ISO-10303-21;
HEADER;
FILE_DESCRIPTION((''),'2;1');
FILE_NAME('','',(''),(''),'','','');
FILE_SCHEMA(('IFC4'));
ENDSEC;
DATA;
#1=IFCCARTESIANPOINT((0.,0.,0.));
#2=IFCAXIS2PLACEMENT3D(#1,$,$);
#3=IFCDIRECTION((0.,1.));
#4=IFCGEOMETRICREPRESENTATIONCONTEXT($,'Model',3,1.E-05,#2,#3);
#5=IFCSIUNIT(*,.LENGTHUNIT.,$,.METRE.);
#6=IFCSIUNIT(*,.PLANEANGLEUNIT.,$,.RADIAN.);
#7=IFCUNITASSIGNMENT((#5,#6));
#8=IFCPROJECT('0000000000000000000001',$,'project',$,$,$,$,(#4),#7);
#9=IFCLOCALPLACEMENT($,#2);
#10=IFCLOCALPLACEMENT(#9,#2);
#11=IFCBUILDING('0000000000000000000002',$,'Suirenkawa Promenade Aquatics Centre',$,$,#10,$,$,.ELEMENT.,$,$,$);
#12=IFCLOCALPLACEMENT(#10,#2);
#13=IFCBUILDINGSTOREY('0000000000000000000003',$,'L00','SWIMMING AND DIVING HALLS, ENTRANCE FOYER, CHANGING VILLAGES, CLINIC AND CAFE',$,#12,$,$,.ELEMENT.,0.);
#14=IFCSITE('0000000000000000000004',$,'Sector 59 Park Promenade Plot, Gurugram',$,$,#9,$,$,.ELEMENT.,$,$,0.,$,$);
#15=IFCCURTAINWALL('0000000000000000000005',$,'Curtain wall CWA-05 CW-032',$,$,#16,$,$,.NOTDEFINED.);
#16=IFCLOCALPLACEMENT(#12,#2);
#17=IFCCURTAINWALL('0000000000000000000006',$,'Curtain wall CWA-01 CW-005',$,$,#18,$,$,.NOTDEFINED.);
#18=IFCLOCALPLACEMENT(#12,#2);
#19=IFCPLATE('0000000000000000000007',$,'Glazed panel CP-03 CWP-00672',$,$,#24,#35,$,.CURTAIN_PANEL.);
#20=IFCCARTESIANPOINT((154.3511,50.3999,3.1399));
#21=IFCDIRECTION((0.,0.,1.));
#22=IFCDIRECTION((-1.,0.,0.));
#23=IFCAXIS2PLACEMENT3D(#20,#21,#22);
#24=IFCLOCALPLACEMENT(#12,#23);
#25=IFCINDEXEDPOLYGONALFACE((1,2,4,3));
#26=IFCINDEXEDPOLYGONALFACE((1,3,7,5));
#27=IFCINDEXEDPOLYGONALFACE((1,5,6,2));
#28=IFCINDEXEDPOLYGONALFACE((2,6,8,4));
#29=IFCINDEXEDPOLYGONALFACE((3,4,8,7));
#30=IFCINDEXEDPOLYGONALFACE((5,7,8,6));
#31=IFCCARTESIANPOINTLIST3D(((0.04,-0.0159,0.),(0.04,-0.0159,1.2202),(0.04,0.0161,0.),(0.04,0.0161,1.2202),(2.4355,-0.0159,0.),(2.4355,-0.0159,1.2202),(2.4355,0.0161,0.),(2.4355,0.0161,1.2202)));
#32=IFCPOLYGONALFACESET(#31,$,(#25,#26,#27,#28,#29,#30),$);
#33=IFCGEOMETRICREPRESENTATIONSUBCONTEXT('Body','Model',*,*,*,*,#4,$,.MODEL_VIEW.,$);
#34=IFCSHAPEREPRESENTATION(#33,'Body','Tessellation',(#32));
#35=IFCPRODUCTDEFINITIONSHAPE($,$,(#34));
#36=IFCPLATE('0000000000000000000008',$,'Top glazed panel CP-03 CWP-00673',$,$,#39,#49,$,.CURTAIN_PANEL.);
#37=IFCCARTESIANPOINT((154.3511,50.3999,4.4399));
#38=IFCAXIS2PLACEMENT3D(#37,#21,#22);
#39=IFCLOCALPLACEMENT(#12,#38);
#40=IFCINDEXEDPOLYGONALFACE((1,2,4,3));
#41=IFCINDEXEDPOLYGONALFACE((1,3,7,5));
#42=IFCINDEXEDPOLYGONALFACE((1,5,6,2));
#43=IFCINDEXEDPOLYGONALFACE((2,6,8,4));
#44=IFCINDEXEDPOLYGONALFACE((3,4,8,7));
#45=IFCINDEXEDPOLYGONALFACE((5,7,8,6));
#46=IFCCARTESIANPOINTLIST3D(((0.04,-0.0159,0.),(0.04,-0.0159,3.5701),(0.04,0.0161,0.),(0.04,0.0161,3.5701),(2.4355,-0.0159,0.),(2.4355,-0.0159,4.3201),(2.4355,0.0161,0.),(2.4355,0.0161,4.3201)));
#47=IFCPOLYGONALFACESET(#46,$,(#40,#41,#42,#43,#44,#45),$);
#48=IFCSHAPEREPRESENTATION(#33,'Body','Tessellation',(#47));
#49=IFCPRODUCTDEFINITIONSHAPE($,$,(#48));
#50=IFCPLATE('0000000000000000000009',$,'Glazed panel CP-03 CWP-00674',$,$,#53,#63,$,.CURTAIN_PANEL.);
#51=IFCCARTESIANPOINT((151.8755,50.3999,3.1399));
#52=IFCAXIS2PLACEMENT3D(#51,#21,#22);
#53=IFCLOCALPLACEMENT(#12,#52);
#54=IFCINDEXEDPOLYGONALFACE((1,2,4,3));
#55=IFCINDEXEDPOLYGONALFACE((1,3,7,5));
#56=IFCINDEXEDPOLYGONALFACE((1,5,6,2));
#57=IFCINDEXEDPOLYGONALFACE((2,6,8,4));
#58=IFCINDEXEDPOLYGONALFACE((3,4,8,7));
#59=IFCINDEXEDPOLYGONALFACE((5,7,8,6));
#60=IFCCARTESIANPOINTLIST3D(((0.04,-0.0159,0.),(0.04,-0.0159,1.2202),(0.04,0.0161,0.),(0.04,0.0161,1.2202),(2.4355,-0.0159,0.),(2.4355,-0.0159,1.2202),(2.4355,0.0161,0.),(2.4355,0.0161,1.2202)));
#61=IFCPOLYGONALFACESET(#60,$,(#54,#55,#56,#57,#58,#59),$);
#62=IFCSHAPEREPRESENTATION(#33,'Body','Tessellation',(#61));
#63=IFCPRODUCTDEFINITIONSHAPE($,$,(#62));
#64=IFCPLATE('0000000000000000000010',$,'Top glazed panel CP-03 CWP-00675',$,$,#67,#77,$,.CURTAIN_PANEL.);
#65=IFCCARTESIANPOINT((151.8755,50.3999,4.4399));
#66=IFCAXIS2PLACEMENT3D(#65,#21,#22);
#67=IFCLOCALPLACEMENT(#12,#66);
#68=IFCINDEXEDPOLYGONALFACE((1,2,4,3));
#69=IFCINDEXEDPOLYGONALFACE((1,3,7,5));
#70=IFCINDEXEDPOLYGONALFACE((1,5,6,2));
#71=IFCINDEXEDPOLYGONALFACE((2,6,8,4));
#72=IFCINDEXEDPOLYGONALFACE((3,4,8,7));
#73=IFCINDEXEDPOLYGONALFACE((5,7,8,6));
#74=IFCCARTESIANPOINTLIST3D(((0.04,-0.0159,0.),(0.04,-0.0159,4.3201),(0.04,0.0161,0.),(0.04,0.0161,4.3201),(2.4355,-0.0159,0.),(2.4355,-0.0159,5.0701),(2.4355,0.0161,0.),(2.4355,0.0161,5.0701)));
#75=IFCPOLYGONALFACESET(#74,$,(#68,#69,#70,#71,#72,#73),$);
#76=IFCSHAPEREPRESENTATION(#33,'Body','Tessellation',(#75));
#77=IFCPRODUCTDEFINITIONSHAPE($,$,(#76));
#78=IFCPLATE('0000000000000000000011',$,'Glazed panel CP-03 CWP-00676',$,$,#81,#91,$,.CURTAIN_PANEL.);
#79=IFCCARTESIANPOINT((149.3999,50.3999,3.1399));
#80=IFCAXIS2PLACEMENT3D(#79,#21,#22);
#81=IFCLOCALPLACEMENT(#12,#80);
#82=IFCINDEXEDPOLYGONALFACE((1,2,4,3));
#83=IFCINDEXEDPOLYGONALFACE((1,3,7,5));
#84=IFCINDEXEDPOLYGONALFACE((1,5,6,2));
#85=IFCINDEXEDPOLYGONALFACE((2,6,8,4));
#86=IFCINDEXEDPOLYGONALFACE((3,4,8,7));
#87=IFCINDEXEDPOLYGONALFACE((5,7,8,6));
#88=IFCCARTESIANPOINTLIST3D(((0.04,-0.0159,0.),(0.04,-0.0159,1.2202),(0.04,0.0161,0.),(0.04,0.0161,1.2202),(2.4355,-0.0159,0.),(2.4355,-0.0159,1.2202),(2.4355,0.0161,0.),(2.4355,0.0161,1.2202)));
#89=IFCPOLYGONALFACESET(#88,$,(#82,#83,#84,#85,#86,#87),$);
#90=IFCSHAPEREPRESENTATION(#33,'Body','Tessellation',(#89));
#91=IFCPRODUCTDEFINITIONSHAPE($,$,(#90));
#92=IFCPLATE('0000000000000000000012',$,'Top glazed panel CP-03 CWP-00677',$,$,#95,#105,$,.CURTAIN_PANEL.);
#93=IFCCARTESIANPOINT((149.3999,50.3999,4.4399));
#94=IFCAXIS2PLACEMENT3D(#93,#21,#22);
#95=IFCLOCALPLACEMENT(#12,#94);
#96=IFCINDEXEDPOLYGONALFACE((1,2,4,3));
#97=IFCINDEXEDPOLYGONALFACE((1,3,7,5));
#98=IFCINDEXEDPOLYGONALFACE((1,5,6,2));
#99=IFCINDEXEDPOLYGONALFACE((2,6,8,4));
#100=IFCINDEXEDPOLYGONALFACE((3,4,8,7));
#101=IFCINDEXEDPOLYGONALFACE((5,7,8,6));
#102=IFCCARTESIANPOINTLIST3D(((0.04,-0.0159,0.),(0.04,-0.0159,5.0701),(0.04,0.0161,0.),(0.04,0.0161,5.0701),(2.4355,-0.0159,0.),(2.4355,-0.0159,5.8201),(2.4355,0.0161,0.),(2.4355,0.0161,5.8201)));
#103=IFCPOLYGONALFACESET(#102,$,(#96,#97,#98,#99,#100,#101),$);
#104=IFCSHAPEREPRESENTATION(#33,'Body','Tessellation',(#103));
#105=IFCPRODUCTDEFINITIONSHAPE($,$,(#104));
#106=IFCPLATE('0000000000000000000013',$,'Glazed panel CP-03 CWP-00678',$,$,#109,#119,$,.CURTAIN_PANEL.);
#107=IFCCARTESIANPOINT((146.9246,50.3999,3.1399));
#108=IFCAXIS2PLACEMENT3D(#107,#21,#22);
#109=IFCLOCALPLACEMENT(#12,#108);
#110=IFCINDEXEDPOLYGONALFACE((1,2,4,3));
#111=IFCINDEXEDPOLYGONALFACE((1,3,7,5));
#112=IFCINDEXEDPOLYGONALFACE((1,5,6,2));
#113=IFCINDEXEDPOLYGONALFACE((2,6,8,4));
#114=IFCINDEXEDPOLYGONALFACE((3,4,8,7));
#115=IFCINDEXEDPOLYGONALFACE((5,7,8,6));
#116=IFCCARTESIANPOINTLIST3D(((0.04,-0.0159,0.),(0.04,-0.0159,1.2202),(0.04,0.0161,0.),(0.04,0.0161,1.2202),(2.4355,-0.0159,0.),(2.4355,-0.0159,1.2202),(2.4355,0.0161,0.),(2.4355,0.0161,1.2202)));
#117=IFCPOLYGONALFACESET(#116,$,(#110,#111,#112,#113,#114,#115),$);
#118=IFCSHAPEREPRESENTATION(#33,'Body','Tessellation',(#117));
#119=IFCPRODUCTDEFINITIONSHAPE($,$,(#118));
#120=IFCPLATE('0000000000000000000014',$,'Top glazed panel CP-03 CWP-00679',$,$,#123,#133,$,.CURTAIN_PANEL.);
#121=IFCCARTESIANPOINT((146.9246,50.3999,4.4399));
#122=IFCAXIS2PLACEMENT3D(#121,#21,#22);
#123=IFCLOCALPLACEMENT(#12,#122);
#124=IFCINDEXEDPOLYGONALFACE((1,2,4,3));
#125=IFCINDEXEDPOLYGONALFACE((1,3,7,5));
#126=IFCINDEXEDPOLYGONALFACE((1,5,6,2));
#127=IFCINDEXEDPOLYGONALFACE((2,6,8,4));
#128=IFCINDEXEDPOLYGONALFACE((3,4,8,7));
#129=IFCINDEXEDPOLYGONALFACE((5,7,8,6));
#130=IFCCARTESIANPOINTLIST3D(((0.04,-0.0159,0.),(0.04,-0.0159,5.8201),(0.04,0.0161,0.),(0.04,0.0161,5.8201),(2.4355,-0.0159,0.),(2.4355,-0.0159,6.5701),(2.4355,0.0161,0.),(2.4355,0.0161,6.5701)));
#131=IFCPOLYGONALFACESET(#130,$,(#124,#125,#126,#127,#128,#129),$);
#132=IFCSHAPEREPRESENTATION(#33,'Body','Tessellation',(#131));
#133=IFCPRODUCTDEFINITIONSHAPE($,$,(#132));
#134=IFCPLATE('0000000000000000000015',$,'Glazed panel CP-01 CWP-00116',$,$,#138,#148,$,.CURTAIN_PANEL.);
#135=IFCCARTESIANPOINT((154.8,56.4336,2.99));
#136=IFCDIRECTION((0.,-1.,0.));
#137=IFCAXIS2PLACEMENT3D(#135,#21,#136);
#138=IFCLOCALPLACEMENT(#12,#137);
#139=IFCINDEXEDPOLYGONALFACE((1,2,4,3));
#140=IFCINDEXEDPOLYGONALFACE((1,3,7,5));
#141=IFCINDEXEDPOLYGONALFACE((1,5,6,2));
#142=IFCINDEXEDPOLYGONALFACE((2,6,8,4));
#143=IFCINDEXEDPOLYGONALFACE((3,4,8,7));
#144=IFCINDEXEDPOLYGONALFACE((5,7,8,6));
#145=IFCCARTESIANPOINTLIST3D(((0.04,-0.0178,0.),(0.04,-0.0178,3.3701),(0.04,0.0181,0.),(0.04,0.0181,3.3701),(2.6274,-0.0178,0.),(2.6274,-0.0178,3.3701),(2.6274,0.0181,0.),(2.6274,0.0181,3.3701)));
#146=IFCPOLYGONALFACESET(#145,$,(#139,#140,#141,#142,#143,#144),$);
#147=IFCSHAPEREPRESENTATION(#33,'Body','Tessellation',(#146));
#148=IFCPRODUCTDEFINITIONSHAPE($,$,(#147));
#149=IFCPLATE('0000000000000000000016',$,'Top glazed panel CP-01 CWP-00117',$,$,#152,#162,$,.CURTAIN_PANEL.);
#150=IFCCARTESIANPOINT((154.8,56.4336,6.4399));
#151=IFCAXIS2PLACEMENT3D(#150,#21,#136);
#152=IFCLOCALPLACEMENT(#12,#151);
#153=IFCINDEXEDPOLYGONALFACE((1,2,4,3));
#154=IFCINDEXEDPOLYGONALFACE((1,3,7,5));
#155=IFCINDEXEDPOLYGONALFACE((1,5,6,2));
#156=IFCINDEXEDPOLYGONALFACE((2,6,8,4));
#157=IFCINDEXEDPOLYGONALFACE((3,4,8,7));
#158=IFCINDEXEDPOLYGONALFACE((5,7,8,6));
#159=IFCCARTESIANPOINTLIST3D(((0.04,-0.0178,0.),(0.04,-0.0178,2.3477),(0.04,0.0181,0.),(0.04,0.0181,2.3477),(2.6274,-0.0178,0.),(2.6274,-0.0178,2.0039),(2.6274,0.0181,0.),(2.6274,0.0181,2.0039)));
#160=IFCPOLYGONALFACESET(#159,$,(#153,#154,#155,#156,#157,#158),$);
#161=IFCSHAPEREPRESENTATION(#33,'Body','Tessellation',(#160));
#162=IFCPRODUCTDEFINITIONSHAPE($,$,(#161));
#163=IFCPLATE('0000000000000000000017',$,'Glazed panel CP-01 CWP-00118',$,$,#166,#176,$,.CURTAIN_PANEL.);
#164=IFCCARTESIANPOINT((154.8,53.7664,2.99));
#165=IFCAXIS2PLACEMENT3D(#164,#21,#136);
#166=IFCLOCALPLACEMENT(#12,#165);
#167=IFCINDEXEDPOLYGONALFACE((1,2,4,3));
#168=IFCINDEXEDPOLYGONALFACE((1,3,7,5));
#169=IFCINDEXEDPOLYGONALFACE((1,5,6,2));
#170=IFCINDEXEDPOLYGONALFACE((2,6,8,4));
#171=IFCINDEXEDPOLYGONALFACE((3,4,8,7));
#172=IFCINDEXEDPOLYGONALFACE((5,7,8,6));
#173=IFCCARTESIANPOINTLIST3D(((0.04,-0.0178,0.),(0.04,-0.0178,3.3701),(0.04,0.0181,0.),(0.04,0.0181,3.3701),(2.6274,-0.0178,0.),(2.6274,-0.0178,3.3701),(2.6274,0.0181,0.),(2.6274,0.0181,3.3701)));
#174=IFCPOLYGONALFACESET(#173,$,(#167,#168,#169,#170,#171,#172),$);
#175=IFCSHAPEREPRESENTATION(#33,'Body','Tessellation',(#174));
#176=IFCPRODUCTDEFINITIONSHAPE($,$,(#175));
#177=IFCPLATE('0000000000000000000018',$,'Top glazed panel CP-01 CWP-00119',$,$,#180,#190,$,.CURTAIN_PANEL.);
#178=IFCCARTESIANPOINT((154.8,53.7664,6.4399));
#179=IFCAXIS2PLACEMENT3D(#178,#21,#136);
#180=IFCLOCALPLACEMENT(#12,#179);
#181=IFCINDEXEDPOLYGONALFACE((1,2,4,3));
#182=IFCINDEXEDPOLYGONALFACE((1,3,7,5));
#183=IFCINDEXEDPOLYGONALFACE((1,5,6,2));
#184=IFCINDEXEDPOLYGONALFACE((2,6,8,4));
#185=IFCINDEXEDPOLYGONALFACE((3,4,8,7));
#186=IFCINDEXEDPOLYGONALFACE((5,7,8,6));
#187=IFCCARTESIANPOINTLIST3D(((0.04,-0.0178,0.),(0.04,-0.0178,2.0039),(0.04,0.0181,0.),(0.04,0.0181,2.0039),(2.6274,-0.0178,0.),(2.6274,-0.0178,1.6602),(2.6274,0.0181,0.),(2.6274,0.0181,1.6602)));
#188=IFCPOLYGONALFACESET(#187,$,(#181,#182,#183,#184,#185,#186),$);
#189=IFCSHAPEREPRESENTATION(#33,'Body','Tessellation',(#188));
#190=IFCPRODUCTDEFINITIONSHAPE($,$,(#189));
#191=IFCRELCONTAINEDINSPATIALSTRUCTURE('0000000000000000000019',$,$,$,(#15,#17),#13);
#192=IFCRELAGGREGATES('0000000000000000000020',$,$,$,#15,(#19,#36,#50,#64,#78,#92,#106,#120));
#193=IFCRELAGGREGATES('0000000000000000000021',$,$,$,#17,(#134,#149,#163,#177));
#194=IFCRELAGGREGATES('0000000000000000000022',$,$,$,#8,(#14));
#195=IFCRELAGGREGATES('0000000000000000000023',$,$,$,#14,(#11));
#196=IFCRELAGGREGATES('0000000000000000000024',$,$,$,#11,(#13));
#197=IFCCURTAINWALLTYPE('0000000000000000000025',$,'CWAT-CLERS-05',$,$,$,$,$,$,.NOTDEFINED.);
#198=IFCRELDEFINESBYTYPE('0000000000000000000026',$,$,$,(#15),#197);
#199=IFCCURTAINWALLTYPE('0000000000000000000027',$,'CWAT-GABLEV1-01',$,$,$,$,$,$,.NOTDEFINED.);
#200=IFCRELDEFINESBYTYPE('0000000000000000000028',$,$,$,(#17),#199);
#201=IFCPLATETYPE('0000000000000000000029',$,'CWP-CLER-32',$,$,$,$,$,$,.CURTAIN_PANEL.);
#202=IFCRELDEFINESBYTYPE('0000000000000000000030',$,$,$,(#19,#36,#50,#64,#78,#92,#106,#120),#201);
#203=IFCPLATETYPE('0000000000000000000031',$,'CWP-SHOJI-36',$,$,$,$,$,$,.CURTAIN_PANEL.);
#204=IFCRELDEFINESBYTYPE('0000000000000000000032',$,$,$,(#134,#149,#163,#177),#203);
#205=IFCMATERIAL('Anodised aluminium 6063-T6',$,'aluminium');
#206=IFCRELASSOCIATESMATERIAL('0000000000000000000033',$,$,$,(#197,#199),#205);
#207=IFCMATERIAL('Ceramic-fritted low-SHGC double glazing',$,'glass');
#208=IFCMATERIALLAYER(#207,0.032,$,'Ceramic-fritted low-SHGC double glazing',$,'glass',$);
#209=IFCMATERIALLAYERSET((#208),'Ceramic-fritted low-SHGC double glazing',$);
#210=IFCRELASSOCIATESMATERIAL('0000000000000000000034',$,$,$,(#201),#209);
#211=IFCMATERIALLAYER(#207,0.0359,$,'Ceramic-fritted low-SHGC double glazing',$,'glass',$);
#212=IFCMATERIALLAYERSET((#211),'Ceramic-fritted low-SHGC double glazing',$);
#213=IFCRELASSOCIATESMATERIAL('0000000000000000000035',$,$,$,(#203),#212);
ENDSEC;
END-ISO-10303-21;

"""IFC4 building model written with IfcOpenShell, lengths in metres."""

from ifc_helpers import new_model, si_unit, direction, frame, origin, place, context, subcontext, project, spatial, polyline, outline, extrude, material, layer, layer_set, type_object, element, aggregate, save


model = new_model("IFC4")

# Units and contexts
model_context = context("Model", 3, precision=1e-05, world=origin(), true_north=direction((0.0, 1.0)))
body_context = subcontext(model_context, "Body", "Model", "MODEL_VIEW")
ifc_project = project(units=[si_unit("LENGTHUNIT", "METRE"), si_unit("PLANEANGLEUNIT", "RADIAN")], contexts=[model_context])

# Site, building, storey
site_placement = place(None, origin())
site = spatial("IfcSite", under=ifc_project, at=site_placement, Name="Sector 59 Park Promenade Plot, Gurugram", CompositionType="ELEMENT", RefElevation=0.0)
building_placement = place(site_placement, origin())
building = spatial("IfcBuilding", under=site, at=building_placement, Name="Suirenkawa Promenade Aquatics Centre", CompositionType="ELEMENT")
storey_placement = place(building_placement, origin())
storey = spatial("IfcBuildingStorey", under=building, at=storey_placement, Name="L00", Description="SWIMMING AND DIVING HALLS, ENTRANCE FOYER, CHANGING VILLAGES, CLINIC AND CAFE", CompositionType="ELEMENT", Elevation=0.0)

# Curtain walls
ifc_material_1 = material(Name="Anodised aluminium 6063-T6", Category="aluminium")
curtain_wall_type_1 = type_object("IfcCurtainWallType", Name="CWAT-CLERS-05", PredefinedType="NOTDEFINED", material=ifc_material_1)
curtain_wall_1_placement = place(storey_placement, origin())
curtain_wall_1 = element("IfcCurtainWall", 1, at=curtain_wall_1_placement, inside=storey, type_object=curtain_wall_type_1, Name="Curtain wall CWA-05 CW-032", PredefinedType="NOTDEFINED")
curtain_wall_type_2 = type_object("IfcCurtainWallType", Name="CWAT-GABLEV1-01", PredefinedType="NOTDEFINED", material=ifc_material_1)
curtain_wall_2_placement = place(storey_placement, origin())
curtain_wall_2 = element("IfcCurtainWall", 2, at=curtain_wall_2_placement, inside=storey, type_object=curtain_wall_type_2, Name="Curtain wall CWA-01 CW-005", PredefinedType="NOTDEFINED")

# Plates
ifc_material_2 = material(Name="Ceramic-fritted low-SHGC double glazing", Category="glass")
ifc_layer_1 = layer(ifc_material_2, 0.032, Name="Ceramic-fritted low-SHGC double glazing", Category="glass")
ifc_layer_set_1 = layer_set([ifc_layer_1], Name="Ceramic-fritted low-SHGC double glazing")
plate_type_1 = type_object("IfcPlateType", Name="CWP-CLER-32", PredefinedType="CURTAIN_PANEL", material=ifc_layer_set_1)
plate_1_placement = place(storey_placement, frame((154.3511, 50.3999, 3.1399), z_axis=(0.0, 0.0, 1.0), x_axis=(-1.0, 0.0, 0.0)))
plate_1 = element("IfcPlate", 3, at=plate_1_placement, type_object=plate_type_1, Name="Glazed panel CP-03 CWP-00672", PredefinedType="CURTAIN_PANEL", context=body_context, shape_type="SweptSolid", body=[
    extrude(outline(polyline([(0.04, 0.0), (2.4355, 0.0), (2.4355, 1.2202), (0.04, 1.2202), (0.04, 0.0)])), frame((0.0, 0.0161, 0.0), z_axis=(0.0, -1.0, 0.0), x_axis=(1.0, 0.0, 0.0)), (0.0, 0.0, 1.0), 0.032),
])
plate_2_placement = place(storey_placement, frame((154.3511, 50.3999, 4.4399), z_axis=(0.0, 0.0, 1.0), x_axis=(-1.0, 0.0, 0.0)))
plate_2 = element("IfcPlate", 4, at=plate_2_placement, type_object=plate_type_1, Name="Top glazed panel CP-03 CWP-00673", PredefinedType="CURTAIN_PANEL", context=body_context, shape_type="SweptSolid", body=[
    extrude(outline(polyline([(0.04, 0.0), (2.4355, 0.0), (2.4355, 4.3201), (0.04, 3.5701), (0.04, 0.0)])), frame((0.0, 0.0161, 0.0), z_axis=(0.0, -1.0, 0.0), x_axis=(1.0, 0.0, 0.0)), (0.0, 0.0, 1.0), 0.032),
])
plate_3_placement = place(storey_placement, frame((151.8755, 50.3999, 3.1399), z_axis=(0.0, 0.0, 1.0), x_axis=(-1.0, 0.0, 0.0)))
plate_3 = element("IfcPlate", 5, at=plate_3_placement, type_object=plate_type_1, Name="Glazed panel CP-03 CWP-00674", PredefinedType="CURTAIN_PANEL", context=body_context, shape_type="SweptSolid", body=[
    extrude(outline(polyline([(0.04, 0.0), (2.4355, 0.0), (2.4355, 1.2202), (0.04, 1.2202), (0.04, 0.0)])), frame((0.0, 0.0161, 0.0), z_axis=(0.0, -1.0, 0.0), x_axis=(1.0, 0.0, 0.0)), (0.0, 0.0, 1.0), 0.032),
])
plate_4_placement = place(storey_placement, frame((151.8755, 50.3999, 4.4399), z_axis=(0.0, 0.0, 1.0), x_axis=(-1.0, 0.0, 0.0)))
plate_4 = element("IfcPlate", 6, at=plate_4_placement, type_object=plate_type_1, Name="Top glazed panel CP-03 CWP-00675", PredefinedType="CURTAIN_PANEL", context=body_context, shape_type="SweptSolid", body=[
    extrude(outline(polyline([(0.04, 0.0), (2.4355, 0.0), (2.4355, 5.0701), (0.04, 4.3201), (0.04, 0.0)])), frame((0.0, 0.0161, 0.0), z_axis=(0.0, -1.0, 0.0), x_axis=(1.0, 0.0, 0.0)), (0.0, 0.0, 1.0), 0.032),
])
plate_5_placement = place(storey_placement, frame((149.3999, 50.3999, 3.1399), z_axis=(0.0, 0.0, 1.0), x_axis=(-1.0, 0.0, 0.0)))
plate_5 = element("IfcPlate", 7, at=plate_5_placement, type_object=plate_type_1, Name="Glazed panel CP-03 CWP-00676", PredefinedType="CURTAIN_PANEL", context=body_context, shape_type="SweptSolid", body=[
    extrude(outline(polyline([(0.04, 0.0), (2.4355, 0.0), (2.4355, 1.2202), (0.04, 1.2202), (0.04, 0.0)])), frame((0.0, 0.0161, 0.0), z_axis=(0.0, -1.0, 0.0), x_axis=(1.0, 0.0, 0.0)), (0.0, 0.0, 1.0), 0.032),
])
plate_6_placement = place(storey_placement, frame((149.3999, 50.3999, 4.4399), z_axis=(0.0, 0.0, 1.0), x_axis=(-1.0, 0.0, 0.0)))
plate_6 = element("IfcPlate", 8, at=plate_6_placement, type_object=plate_type_1, Name="Top glazed panel CP-03 CWP-00677", PredefinedType="CURTAIN_PANEL", context=body_context, shape_type="SweptSolid", body=[
    extrude(outline(polyline([(0.04, 0.0), (2.4355, 0.0), (2.4355, 5.8201), (0.04, 5.0701), (0.04, 0.0)])), frame((0.0, 0.0161, 0.0), z_axis=(0.0, -1.0, 0.0), x_axis=(1.0, 0.0, 0.0)), (0.0, 0.0, 1.0), 0.032),
])
plate_7_placement = place(storey_placement, frame((146.9246, 50.3999, 3.1399), z_axis=(0.0, 0.0, 1.0), x_axis=(-1.0, 0.0, 0.0)))
plate_7 = element("IfcPlate", 9, at=plate_7_placement, type_object=plate_type_1, Name="Glazed panel CP-03 CWP-00678", PredefinedType="CURTAIN_PANEL", context=body_context, shape_type="SweptSolid", body=[
    extrude(outline(polyline([(0.04, 0.0), (2.4355, 0.0), (2.4355, 1.2202), (0.04, 1.2202), (0.04, 0.0)])), frame((0.0, 0.0161, 0.0), z_axis=(0.0, -1.0, 0.0), x_axis=(1.0, 0.0, 0.0)), (0.0, 0.0, 1.0), 0.032),
])
plate_8_placement = place(storey_placement, frame((146.9246, 50.3999, 4.4399), z_axis=(0.0, 0.0, 1.0), x_axis=(-1.0, 0.0, 0.0)))
plate_8 = element("IfcPlate", 10, at=plate_8_placement, type_object=plate_type_1, Name="Top glazed panel CP-03 CWP-00679", PredefinedType="CURTAIN_PANEL", context=body_context, shape_type="SweptSolid", body=[
    extrude(outline(polyline([(0.04, 0.0), (2.4355, 0.0), (2.4355, 6.5701), (0.04, 5.8201), (0.04, 0.0)])), frame((0.0, 0.0161, 0.0), z_axis=(0.0, -1.0, 0.0), x_axis=(1.0, 0.0, 0.0)), (0.0, 0.0, 1.0), 0.032),
])
aggregate(curtain_wall_1, [plate_1, plate_2, plate_3, plate_4, plate_5, plate_6, plate_7, plate_8])
ifc_layer_2 = layer(ifc_material_2, 0.0359, Name="Ceramic-fritted low-SHGC double glazing", Category="glass")
ifc_layer_set_2 = layer_set([ifc_layer_2], Name="Ceramic-fritted low-SHGC double glazing")
plate_type_2 = type_object("IfcPlateType", Name="CWP-SHOJI-36", PredefinedType="CURTAIN_PANEL", material=ifc_layer_set_2)
plate_9_placement = place(storey_placement, frame((154.8, 56.4336, 2.99), z_axis=(0.0, 0.0, 1.0), x_axis=(0.0, -1.0, 0.0)))
plate_9 = element("IfcPlate", 11, at=plate_9_placement, type_object=plate_type_2, Name="Glazed panel CP-01 CWP-00116", PredefinedType="CURTAIN_PANEL", context=body_context, shape_type="SweptSolid", body=[
    extrude(outline(polyline([(0.04, 0.0), (2.6274, 0.0), (2.6274, 3.3701), (0.04, 3.3701), (0.04, 0.0)])), frame((0.0, 0.0181, 0.0), z_axis=(0.0, -1.0, 0.0), x_axis=(1.0, 0.0, 0.0)), (0.0, 0.0, 1.0), 0.0359),
])
plate_10_placement = place(storey_placement, frame((154.8, 56.4336, 6.4399), z_axis=(0.0, 0.0, 1.0), x_axis=(0.0, -1.0, 0.0)))
plate_10 = element("IfcPlate", 12, at=plate_10_placement, type_object=plate_type_2, Name="Top glazed panel CP-01 CWP-00117", PredefinedType="CURTAIN_PANEL", context=body_context, shape_type="SweptSolid", body=[
    extrude(outline(polyline([(0.04, 0.0), (2.6274, 0.0), (2.6274, 2.0039), (0.04, 2.3477), (0.04, 0.0)])), frame((0.0, 0.0181, 0.0), z_axis=(0.0, -1.0, 0.0), x_axis=(1.0, 0.0, 0.0)), (0.0, 0.0, 1.0), 0.0359),
])
plate_11_placement = place(storey_placement, frame((154.8, 53.7664, 2.99), z_axis=(0.0, 0.0, 1.0), x_axis=(0.0, -1.0, 0.0)))
plate_11 = element("IfcPlate", 13, at=plate_11_placement, type_object=plate_type_2, Name="Glazed panel CP-01 CWP-00118", PredefinedType="CURTAIN_PANEL", context=body_context, shape_type="SweptSolid", body=[
    extrude(outline(polyline([(0.04, 0.0), (2.6274, 0.0), (2.6274, 3.3701), (0.04, 3.3701), (0.04, 0.0)])), frame((0.0, 0.0181, 0.0), z_axis=(0.0, -1.0, 0.0), x_axis=(1.0, 0.0, 0.0)), (0.0, 0.0, 1.0), 0.0359),
])
plate_12_placement = place(storey_placement, frame((154.8, 53.7664, 6.4399), z_axis=(0.0, 0.0, 1.0), x_axis=(0.0, -1.0, 0.0)))
plate_12 = element("IfcPlate", 14, at=plate_12_placement, type_object=plate_type_2, Name="Top glazed panel CP-01 CWP-00119", PredefinedType="CURTAIN_PANEL", context=body_context, shape_type="SweptSolid", body=[
    extrude(outline(polyline([(0.04, 0.0), (2.6274, 0.0), (2.6274, 1.6602), (0.04, 2.0039), (0.04, 0.0)])), frame((0.0, 0.0181, 0.0), z_axis=(0.0, -1.0, 0.0), x_axis=(1.0, 0.0, 0.0)), (0.0, 0.0, 1.0), 0.0359),
])
aggregate(curtain_wall_2, [plate_9, plate_10, plate_11, plate_12])

save(model, "model.ifc")
